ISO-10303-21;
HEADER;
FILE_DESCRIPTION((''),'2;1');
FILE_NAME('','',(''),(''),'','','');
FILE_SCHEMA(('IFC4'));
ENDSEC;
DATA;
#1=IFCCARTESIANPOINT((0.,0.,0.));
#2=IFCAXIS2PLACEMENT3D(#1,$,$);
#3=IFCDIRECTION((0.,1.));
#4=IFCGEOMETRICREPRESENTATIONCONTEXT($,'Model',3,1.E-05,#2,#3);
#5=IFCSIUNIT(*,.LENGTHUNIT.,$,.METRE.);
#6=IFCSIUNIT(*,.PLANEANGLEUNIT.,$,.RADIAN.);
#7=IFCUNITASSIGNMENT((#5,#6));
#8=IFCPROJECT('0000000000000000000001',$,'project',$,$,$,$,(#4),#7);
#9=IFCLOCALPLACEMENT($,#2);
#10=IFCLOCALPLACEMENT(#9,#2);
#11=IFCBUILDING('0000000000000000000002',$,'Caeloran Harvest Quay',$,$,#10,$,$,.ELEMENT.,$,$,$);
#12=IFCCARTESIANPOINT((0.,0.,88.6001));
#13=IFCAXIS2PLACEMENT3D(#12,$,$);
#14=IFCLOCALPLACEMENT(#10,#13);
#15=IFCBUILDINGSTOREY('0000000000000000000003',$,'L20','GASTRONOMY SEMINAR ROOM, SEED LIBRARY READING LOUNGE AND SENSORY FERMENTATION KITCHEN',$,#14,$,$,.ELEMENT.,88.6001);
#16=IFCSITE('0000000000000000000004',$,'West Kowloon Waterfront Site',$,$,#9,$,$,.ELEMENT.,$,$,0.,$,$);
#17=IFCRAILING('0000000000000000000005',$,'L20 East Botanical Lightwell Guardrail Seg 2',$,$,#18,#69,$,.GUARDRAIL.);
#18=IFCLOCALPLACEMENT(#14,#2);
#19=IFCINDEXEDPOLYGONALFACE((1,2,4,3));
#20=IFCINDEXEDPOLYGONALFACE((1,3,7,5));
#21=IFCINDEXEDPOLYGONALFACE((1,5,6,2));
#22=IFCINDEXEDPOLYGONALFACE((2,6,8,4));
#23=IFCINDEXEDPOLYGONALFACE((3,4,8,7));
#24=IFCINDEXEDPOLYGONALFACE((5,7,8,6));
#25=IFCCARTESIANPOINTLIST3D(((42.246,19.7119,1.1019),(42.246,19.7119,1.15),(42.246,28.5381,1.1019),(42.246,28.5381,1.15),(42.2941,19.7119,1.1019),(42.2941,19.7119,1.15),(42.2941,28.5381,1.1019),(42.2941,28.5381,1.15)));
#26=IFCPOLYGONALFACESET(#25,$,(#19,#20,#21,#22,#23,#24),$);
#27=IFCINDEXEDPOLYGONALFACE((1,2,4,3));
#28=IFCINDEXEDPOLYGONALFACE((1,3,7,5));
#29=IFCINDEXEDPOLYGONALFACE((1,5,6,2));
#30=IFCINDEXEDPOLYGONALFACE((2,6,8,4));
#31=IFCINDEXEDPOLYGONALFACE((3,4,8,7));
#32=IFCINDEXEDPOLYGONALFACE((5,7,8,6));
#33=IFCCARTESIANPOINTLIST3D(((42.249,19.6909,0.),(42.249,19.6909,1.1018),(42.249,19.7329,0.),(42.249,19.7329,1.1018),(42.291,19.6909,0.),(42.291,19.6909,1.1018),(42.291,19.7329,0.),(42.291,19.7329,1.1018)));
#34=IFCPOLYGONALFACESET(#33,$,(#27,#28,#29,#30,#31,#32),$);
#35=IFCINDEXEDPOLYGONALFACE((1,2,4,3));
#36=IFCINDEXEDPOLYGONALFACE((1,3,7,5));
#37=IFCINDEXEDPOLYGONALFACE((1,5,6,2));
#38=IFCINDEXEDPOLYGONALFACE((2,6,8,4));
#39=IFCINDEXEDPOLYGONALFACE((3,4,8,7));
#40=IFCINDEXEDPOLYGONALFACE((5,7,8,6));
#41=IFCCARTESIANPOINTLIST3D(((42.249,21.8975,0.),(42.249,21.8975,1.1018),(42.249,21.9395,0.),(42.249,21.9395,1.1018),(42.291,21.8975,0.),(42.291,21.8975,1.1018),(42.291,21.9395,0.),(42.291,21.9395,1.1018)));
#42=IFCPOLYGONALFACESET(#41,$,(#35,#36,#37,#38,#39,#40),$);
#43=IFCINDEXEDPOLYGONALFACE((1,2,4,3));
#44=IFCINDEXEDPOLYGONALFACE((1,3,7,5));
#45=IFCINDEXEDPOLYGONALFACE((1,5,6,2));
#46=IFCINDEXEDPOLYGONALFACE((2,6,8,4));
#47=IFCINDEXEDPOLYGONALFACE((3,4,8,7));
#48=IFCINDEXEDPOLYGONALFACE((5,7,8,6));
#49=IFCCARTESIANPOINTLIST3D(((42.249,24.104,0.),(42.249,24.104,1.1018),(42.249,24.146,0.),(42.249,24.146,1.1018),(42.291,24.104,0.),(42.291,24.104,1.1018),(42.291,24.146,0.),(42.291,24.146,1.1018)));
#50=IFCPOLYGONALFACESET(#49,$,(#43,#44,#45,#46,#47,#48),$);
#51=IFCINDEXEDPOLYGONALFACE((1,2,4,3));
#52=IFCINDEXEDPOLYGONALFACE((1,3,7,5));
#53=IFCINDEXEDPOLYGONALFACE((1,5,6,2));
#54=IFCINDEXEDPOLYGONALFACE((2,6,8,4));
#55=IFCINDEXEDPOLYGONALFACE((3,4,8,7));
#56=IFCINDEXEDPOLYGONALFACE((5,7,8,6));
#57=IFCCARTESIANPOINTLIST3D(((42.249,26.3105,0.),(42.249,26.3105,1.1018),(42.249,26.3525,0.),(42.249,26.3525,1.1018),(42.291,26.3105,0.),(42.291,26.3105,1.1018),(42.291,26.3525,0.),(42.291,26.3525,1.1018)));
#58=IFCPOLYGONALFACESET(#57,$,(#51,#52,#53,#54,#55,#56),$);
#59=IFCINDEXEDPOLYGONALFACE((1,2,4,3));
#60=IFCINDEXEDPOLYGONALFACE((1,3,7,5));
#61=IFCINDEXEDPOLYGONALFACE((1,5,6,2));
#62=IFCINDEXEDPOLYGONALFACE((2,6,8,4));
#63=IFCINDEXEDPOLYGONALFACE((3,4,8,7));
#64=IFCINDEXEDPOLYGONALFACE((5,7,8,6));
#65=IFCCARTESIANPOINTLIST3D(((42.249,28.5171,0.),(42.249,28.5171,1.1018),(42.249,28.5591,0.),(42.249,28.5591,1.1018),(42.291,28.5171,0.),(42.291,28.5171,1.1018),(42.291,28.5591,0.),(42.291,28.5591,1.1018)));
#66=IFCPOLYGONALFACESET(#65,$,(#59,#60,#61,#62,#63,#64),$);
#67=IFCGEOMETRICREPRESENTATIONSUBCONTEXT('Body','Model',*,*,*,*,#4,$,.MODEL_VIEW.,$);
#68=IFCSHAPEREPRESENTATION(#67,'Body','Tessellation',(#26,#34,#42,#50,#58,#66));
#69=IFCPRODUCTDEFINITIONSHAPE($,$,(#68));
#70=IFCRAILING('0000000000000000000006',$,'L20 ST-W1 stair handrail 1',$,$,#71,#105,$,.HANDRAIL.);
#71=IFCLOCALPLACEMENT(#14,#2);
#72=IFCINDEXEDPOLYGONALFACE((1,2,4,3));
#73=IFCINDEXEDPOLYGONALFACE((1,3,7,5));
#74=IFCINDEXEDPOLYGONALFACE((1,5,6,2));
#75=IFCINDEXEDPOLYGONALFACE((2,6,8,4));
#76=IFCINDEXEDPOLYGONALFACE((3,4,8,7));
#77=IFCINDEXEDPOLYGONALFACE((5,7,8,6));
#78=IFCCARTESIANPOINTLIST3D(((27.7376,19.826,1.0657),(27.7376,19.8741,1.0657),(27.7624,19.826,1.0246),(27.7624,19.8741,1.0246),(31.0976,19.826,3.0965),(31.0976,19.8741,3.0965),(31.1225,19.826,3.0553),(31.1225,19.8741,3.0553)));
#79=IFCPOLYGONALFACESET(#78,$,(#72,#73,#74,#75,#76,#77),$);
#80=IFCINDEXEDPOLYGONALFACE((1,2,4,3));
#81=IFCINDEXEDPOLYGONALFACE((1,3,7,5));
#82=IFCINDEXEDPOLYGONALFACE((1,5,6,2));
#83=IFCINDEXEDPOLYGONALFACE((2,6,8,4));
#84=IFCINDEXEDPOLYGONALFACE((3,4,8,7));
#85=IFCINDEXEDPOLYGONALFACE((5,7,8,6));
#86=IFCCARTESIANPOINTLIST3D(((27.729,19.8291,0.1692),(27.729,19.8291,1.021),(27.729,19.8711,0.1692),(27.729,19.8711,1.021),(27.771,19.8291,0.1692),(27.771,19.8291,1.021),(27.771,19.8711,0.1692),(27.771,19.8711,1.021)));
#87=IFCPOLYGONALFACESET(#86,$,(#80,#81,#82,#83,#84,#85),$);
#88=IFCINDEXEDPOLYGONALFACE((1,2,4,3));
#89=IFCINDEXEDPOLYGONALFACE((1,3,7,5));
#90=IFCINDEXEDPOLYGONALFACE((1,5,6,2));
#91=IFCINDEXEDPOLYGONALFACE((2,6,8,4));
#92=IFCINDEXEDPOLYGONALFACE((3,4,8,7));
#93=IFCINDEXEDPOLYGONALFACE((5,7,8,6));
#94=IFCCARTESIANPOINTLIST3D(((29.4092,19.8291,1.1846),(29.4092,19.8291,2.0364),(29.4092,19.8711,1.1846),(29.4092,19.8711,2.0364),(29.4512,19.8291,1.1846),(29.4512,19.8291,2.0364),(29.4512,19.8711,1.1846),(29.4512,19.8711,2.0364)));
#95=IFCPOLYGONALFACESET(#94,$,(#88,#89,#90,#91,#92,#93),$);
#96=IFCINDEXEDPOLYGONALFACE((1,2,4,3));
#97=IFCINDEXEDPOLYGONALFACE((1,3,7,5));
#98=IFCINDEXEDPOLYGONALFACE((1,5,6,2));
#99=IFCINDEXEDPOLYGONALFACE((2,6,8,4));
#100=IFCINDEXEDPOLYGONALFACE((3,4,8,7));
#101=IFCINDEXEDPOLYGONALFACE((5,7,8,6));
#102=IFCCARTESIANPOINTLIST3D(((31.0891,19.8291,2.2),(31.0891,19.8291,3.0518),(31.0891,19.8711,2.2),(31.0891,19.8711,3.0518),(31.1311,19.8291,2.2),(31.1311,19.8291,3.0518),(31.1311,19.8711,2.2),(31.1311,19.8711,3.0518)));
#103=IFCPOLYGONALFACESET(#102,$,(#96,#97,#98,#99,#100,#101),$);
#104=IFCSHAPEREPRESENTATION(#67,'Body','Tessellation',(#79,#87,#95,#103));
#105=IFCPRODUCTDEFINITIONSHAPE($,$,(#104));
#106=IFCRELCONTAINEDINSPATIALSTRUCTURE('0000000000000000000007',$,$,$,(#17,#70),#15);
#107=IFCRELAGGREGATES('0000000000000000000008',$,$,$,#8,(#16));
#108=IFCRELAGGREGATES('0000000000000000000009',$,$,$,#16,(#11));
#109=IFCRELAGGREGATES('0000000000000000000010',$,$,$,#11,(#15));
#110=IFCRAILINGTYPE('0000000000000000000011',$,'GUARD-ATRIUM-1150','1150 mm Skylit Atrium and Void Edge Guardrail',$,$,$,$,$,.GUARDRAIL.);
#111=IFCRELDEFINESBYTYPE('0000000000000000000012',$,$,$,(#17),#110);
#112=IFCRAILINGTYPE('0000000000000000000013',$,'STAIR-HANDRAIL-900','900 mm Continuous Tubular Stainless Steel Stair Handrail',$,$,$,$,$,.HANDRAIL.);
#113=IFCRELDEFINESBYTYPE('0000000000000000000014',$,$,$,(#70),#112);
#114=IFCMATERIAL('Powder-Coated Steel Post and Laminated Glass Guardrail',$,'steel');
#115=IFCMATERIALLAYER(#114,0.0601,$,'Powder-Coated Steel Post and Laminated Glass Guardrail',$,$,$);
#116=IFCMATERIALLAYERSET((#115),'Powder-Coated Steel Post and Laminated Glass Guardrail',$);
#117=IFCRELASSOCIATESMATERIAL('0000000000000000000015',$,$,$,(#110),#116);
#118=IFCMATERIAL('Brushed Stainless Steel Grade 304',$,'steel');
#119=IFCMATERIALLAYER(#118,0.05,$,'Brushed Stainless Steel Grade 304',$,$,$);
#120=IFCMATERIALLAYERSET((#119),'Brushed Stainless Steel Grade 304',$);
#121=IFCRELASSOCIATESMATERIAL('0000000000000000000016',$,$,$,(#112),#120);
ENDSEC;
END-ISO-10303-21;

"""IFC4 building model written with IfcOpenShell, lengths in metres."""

from ifc_helpers import new_model, si_unit, direction, frame, origin, origin_2d, place, context, subcontext, project, spatial, rectangle, extrude, material, layer, layer_set, type_object, element, save


model = new_model("IFC4")

# Units and contexts
model_context = context("Model", 3, precision=1e-05, world=origin(), true_north=direction((0.0, 1.0)))
body_context = subcontext(model_context, "Body", "Model", "MODEL_VIEW")
ifc_project = project(units=[si_unit("LENGTHUNIT", "METRE"), si_unit("PLANEANGLEUNIT", "RADIAN")], contexts=[model_context])

# Site, building, storey
site_placement = place(None, origin())
site = spatial("IfcSite", under=ifc_project, at=site_placement, Name="West Kowloon Waterfront Site", CompositionType="ELEMENT", RefElevation=0.0)
building_placement = place(site_placement, origin())
building = spatial("IfcBuilding", under=site, at=building_placement, Name="Caeloran Harvest Quay", CompositionType="ELEMENT")
storey_placement = place(building_placement, frame((0.0, 0.0, 88.6001)))
storey = spatial("IfcBuildingStorey", under=building, at=storey_placement, Name="L20", Description="GASTRONOMY SEMINAR ROOM, SEED LIBRARY READING LOUNGE AND SENSORY FERMENTATION KITCHEN", CompositionType="ELEMENT", Elevation=88.6001)

# Railings
ifc_material_1 = material(Name="Powder-Coated Steel Post and Laminated Glass Guardrail", Category="steel")
ifc_layer_1 = layer(ifc_material_1, 0.0601, Name="Powder-Coated Steel Post and Laminated Glass Guardrail")
ifc_layer_set_1 = layer_set([ifc_layer_1], Name="Powder-Coated Steel Post and Laminated Glass Guardrail")
railing_type_1 = type_object("IfcRailingType", Name="GUARD-ATRIUM-1150", Description="1150 mm Skylit Atrium and Void Edge Guardrail", PredefinedType="GUARDRAIL", material=ifc_layer_set_1)
railing_1_placement = place(storey_placement, frame((42.27, 19.7119, 0.0)))
element("IfcRailing", 1, at=railing_1_placement, inside=storey, type_object=railing_type_1, Name="L20 East Botanical Lightwell Guardrail Seg 2", PredefinedType="GUARDRAIL", context=body_context, shape_type="SweptSolid", body=[
    extrude(rectangle(XDim=0.0481, YDim=0.0481, at=origin_2d()), frame((0.0, 0.0, 1.126), z_axis=(0.0, 1.0, 0.0), x_axis=(-1.0, 0.0, 0.0)), (0.0, 0.0, 1.0), 8.8262),
    extrude(rectangle(XDim=0.042, YDim=0.042, at=origin_2d()), origin(), (0.0, 0.0, 1.0), 1.1018),
    extrude(rectangle(XDim=0.042, YDim=0.042, at=origin_2d()), frame((0.0, 2.2065, 0.0)), (0.0, 0.0, 1.0), 1.1018),
    extrude(rectangle(XDim=0.042, YDim=0.042, at=origin_2d()), frame((0.0, 4.4131, 0.0)), (0.0, 0.0, 1.0), 1.1018),
    extrude(rectangle(XDim=0.042, YDim=0.042, at=origin_2d()), frame((0.0, 6.6196, 0.0)), (0.0, 0.0, 1.0), 1.1018),
    extrude(rectangle(XDim=0.042, YDim=0.042, at=origin_2d()), frame((0.0, 8.8262, 0.0)), (0.0, 0.0, 1.0), 1.1018),
])
ifc_material_2 = material(Name="Brushed Stainless Steel Grade 304", Category="steel")
ifc_layer_2 = layer(ifc_material_2, 0.05, Name="Brushed Stainless Steel Grade 304")
ifc_layer_set_2 = layer_set([ifc_layer_2], Name="Brushed Stainless Steel Grade 304")
railing_type_2 = type_object("IfcRailingType", Name="STAIR-HANDRAIL-900", Description="900 mm Continuous Tubular Stainless Steel Stair Handrail", PredefinedType="HANDRAIL", material=ifc_layer_set_2)
railing_2_placement = place(storey_placement, frame((27.75, 19.8501, 0.1692)))
element("IfcRailing", 2, at=railing_2_placement, inside=storey, type_object=railing_type_2, Name="L20 ST-W1 stair handrail 1", PredefinedType="HANDRAIL", context=body_context, shape_type="SweptSolid", body=[
    extrude(rectangle(XDim=0.0481, YDim=0.0481, at=origin_2d()), frame((0.0, 0.0, 0.876), z_axis=(0.855837, 0.0, 0.517246), x_axis=(0.0, 1.0, 0.0)), (0.0, 0.0, 1.0), 3.926),
    extrude(rectangle(XDim=0.042, YDim=0.042, at=origin_2d()), origin(), (0.0, 0.0, 1.0), 0.8518),
    extrude(rectangle(XDim=0.042, YDim=0.042, at=origin_2d()), frame((1.6802, 0.0, 1.0154)), (0.0, 0.0, 1.0), 0.8518),
    extrude(rectangle(XDim=0.042, YDim=0.042, at=origin_2d()), frame((3.3601, 0.0, 2.0308)), (0.0, 0.0, 1.0), 0.8518),
])

save(model, "model.ifc")
